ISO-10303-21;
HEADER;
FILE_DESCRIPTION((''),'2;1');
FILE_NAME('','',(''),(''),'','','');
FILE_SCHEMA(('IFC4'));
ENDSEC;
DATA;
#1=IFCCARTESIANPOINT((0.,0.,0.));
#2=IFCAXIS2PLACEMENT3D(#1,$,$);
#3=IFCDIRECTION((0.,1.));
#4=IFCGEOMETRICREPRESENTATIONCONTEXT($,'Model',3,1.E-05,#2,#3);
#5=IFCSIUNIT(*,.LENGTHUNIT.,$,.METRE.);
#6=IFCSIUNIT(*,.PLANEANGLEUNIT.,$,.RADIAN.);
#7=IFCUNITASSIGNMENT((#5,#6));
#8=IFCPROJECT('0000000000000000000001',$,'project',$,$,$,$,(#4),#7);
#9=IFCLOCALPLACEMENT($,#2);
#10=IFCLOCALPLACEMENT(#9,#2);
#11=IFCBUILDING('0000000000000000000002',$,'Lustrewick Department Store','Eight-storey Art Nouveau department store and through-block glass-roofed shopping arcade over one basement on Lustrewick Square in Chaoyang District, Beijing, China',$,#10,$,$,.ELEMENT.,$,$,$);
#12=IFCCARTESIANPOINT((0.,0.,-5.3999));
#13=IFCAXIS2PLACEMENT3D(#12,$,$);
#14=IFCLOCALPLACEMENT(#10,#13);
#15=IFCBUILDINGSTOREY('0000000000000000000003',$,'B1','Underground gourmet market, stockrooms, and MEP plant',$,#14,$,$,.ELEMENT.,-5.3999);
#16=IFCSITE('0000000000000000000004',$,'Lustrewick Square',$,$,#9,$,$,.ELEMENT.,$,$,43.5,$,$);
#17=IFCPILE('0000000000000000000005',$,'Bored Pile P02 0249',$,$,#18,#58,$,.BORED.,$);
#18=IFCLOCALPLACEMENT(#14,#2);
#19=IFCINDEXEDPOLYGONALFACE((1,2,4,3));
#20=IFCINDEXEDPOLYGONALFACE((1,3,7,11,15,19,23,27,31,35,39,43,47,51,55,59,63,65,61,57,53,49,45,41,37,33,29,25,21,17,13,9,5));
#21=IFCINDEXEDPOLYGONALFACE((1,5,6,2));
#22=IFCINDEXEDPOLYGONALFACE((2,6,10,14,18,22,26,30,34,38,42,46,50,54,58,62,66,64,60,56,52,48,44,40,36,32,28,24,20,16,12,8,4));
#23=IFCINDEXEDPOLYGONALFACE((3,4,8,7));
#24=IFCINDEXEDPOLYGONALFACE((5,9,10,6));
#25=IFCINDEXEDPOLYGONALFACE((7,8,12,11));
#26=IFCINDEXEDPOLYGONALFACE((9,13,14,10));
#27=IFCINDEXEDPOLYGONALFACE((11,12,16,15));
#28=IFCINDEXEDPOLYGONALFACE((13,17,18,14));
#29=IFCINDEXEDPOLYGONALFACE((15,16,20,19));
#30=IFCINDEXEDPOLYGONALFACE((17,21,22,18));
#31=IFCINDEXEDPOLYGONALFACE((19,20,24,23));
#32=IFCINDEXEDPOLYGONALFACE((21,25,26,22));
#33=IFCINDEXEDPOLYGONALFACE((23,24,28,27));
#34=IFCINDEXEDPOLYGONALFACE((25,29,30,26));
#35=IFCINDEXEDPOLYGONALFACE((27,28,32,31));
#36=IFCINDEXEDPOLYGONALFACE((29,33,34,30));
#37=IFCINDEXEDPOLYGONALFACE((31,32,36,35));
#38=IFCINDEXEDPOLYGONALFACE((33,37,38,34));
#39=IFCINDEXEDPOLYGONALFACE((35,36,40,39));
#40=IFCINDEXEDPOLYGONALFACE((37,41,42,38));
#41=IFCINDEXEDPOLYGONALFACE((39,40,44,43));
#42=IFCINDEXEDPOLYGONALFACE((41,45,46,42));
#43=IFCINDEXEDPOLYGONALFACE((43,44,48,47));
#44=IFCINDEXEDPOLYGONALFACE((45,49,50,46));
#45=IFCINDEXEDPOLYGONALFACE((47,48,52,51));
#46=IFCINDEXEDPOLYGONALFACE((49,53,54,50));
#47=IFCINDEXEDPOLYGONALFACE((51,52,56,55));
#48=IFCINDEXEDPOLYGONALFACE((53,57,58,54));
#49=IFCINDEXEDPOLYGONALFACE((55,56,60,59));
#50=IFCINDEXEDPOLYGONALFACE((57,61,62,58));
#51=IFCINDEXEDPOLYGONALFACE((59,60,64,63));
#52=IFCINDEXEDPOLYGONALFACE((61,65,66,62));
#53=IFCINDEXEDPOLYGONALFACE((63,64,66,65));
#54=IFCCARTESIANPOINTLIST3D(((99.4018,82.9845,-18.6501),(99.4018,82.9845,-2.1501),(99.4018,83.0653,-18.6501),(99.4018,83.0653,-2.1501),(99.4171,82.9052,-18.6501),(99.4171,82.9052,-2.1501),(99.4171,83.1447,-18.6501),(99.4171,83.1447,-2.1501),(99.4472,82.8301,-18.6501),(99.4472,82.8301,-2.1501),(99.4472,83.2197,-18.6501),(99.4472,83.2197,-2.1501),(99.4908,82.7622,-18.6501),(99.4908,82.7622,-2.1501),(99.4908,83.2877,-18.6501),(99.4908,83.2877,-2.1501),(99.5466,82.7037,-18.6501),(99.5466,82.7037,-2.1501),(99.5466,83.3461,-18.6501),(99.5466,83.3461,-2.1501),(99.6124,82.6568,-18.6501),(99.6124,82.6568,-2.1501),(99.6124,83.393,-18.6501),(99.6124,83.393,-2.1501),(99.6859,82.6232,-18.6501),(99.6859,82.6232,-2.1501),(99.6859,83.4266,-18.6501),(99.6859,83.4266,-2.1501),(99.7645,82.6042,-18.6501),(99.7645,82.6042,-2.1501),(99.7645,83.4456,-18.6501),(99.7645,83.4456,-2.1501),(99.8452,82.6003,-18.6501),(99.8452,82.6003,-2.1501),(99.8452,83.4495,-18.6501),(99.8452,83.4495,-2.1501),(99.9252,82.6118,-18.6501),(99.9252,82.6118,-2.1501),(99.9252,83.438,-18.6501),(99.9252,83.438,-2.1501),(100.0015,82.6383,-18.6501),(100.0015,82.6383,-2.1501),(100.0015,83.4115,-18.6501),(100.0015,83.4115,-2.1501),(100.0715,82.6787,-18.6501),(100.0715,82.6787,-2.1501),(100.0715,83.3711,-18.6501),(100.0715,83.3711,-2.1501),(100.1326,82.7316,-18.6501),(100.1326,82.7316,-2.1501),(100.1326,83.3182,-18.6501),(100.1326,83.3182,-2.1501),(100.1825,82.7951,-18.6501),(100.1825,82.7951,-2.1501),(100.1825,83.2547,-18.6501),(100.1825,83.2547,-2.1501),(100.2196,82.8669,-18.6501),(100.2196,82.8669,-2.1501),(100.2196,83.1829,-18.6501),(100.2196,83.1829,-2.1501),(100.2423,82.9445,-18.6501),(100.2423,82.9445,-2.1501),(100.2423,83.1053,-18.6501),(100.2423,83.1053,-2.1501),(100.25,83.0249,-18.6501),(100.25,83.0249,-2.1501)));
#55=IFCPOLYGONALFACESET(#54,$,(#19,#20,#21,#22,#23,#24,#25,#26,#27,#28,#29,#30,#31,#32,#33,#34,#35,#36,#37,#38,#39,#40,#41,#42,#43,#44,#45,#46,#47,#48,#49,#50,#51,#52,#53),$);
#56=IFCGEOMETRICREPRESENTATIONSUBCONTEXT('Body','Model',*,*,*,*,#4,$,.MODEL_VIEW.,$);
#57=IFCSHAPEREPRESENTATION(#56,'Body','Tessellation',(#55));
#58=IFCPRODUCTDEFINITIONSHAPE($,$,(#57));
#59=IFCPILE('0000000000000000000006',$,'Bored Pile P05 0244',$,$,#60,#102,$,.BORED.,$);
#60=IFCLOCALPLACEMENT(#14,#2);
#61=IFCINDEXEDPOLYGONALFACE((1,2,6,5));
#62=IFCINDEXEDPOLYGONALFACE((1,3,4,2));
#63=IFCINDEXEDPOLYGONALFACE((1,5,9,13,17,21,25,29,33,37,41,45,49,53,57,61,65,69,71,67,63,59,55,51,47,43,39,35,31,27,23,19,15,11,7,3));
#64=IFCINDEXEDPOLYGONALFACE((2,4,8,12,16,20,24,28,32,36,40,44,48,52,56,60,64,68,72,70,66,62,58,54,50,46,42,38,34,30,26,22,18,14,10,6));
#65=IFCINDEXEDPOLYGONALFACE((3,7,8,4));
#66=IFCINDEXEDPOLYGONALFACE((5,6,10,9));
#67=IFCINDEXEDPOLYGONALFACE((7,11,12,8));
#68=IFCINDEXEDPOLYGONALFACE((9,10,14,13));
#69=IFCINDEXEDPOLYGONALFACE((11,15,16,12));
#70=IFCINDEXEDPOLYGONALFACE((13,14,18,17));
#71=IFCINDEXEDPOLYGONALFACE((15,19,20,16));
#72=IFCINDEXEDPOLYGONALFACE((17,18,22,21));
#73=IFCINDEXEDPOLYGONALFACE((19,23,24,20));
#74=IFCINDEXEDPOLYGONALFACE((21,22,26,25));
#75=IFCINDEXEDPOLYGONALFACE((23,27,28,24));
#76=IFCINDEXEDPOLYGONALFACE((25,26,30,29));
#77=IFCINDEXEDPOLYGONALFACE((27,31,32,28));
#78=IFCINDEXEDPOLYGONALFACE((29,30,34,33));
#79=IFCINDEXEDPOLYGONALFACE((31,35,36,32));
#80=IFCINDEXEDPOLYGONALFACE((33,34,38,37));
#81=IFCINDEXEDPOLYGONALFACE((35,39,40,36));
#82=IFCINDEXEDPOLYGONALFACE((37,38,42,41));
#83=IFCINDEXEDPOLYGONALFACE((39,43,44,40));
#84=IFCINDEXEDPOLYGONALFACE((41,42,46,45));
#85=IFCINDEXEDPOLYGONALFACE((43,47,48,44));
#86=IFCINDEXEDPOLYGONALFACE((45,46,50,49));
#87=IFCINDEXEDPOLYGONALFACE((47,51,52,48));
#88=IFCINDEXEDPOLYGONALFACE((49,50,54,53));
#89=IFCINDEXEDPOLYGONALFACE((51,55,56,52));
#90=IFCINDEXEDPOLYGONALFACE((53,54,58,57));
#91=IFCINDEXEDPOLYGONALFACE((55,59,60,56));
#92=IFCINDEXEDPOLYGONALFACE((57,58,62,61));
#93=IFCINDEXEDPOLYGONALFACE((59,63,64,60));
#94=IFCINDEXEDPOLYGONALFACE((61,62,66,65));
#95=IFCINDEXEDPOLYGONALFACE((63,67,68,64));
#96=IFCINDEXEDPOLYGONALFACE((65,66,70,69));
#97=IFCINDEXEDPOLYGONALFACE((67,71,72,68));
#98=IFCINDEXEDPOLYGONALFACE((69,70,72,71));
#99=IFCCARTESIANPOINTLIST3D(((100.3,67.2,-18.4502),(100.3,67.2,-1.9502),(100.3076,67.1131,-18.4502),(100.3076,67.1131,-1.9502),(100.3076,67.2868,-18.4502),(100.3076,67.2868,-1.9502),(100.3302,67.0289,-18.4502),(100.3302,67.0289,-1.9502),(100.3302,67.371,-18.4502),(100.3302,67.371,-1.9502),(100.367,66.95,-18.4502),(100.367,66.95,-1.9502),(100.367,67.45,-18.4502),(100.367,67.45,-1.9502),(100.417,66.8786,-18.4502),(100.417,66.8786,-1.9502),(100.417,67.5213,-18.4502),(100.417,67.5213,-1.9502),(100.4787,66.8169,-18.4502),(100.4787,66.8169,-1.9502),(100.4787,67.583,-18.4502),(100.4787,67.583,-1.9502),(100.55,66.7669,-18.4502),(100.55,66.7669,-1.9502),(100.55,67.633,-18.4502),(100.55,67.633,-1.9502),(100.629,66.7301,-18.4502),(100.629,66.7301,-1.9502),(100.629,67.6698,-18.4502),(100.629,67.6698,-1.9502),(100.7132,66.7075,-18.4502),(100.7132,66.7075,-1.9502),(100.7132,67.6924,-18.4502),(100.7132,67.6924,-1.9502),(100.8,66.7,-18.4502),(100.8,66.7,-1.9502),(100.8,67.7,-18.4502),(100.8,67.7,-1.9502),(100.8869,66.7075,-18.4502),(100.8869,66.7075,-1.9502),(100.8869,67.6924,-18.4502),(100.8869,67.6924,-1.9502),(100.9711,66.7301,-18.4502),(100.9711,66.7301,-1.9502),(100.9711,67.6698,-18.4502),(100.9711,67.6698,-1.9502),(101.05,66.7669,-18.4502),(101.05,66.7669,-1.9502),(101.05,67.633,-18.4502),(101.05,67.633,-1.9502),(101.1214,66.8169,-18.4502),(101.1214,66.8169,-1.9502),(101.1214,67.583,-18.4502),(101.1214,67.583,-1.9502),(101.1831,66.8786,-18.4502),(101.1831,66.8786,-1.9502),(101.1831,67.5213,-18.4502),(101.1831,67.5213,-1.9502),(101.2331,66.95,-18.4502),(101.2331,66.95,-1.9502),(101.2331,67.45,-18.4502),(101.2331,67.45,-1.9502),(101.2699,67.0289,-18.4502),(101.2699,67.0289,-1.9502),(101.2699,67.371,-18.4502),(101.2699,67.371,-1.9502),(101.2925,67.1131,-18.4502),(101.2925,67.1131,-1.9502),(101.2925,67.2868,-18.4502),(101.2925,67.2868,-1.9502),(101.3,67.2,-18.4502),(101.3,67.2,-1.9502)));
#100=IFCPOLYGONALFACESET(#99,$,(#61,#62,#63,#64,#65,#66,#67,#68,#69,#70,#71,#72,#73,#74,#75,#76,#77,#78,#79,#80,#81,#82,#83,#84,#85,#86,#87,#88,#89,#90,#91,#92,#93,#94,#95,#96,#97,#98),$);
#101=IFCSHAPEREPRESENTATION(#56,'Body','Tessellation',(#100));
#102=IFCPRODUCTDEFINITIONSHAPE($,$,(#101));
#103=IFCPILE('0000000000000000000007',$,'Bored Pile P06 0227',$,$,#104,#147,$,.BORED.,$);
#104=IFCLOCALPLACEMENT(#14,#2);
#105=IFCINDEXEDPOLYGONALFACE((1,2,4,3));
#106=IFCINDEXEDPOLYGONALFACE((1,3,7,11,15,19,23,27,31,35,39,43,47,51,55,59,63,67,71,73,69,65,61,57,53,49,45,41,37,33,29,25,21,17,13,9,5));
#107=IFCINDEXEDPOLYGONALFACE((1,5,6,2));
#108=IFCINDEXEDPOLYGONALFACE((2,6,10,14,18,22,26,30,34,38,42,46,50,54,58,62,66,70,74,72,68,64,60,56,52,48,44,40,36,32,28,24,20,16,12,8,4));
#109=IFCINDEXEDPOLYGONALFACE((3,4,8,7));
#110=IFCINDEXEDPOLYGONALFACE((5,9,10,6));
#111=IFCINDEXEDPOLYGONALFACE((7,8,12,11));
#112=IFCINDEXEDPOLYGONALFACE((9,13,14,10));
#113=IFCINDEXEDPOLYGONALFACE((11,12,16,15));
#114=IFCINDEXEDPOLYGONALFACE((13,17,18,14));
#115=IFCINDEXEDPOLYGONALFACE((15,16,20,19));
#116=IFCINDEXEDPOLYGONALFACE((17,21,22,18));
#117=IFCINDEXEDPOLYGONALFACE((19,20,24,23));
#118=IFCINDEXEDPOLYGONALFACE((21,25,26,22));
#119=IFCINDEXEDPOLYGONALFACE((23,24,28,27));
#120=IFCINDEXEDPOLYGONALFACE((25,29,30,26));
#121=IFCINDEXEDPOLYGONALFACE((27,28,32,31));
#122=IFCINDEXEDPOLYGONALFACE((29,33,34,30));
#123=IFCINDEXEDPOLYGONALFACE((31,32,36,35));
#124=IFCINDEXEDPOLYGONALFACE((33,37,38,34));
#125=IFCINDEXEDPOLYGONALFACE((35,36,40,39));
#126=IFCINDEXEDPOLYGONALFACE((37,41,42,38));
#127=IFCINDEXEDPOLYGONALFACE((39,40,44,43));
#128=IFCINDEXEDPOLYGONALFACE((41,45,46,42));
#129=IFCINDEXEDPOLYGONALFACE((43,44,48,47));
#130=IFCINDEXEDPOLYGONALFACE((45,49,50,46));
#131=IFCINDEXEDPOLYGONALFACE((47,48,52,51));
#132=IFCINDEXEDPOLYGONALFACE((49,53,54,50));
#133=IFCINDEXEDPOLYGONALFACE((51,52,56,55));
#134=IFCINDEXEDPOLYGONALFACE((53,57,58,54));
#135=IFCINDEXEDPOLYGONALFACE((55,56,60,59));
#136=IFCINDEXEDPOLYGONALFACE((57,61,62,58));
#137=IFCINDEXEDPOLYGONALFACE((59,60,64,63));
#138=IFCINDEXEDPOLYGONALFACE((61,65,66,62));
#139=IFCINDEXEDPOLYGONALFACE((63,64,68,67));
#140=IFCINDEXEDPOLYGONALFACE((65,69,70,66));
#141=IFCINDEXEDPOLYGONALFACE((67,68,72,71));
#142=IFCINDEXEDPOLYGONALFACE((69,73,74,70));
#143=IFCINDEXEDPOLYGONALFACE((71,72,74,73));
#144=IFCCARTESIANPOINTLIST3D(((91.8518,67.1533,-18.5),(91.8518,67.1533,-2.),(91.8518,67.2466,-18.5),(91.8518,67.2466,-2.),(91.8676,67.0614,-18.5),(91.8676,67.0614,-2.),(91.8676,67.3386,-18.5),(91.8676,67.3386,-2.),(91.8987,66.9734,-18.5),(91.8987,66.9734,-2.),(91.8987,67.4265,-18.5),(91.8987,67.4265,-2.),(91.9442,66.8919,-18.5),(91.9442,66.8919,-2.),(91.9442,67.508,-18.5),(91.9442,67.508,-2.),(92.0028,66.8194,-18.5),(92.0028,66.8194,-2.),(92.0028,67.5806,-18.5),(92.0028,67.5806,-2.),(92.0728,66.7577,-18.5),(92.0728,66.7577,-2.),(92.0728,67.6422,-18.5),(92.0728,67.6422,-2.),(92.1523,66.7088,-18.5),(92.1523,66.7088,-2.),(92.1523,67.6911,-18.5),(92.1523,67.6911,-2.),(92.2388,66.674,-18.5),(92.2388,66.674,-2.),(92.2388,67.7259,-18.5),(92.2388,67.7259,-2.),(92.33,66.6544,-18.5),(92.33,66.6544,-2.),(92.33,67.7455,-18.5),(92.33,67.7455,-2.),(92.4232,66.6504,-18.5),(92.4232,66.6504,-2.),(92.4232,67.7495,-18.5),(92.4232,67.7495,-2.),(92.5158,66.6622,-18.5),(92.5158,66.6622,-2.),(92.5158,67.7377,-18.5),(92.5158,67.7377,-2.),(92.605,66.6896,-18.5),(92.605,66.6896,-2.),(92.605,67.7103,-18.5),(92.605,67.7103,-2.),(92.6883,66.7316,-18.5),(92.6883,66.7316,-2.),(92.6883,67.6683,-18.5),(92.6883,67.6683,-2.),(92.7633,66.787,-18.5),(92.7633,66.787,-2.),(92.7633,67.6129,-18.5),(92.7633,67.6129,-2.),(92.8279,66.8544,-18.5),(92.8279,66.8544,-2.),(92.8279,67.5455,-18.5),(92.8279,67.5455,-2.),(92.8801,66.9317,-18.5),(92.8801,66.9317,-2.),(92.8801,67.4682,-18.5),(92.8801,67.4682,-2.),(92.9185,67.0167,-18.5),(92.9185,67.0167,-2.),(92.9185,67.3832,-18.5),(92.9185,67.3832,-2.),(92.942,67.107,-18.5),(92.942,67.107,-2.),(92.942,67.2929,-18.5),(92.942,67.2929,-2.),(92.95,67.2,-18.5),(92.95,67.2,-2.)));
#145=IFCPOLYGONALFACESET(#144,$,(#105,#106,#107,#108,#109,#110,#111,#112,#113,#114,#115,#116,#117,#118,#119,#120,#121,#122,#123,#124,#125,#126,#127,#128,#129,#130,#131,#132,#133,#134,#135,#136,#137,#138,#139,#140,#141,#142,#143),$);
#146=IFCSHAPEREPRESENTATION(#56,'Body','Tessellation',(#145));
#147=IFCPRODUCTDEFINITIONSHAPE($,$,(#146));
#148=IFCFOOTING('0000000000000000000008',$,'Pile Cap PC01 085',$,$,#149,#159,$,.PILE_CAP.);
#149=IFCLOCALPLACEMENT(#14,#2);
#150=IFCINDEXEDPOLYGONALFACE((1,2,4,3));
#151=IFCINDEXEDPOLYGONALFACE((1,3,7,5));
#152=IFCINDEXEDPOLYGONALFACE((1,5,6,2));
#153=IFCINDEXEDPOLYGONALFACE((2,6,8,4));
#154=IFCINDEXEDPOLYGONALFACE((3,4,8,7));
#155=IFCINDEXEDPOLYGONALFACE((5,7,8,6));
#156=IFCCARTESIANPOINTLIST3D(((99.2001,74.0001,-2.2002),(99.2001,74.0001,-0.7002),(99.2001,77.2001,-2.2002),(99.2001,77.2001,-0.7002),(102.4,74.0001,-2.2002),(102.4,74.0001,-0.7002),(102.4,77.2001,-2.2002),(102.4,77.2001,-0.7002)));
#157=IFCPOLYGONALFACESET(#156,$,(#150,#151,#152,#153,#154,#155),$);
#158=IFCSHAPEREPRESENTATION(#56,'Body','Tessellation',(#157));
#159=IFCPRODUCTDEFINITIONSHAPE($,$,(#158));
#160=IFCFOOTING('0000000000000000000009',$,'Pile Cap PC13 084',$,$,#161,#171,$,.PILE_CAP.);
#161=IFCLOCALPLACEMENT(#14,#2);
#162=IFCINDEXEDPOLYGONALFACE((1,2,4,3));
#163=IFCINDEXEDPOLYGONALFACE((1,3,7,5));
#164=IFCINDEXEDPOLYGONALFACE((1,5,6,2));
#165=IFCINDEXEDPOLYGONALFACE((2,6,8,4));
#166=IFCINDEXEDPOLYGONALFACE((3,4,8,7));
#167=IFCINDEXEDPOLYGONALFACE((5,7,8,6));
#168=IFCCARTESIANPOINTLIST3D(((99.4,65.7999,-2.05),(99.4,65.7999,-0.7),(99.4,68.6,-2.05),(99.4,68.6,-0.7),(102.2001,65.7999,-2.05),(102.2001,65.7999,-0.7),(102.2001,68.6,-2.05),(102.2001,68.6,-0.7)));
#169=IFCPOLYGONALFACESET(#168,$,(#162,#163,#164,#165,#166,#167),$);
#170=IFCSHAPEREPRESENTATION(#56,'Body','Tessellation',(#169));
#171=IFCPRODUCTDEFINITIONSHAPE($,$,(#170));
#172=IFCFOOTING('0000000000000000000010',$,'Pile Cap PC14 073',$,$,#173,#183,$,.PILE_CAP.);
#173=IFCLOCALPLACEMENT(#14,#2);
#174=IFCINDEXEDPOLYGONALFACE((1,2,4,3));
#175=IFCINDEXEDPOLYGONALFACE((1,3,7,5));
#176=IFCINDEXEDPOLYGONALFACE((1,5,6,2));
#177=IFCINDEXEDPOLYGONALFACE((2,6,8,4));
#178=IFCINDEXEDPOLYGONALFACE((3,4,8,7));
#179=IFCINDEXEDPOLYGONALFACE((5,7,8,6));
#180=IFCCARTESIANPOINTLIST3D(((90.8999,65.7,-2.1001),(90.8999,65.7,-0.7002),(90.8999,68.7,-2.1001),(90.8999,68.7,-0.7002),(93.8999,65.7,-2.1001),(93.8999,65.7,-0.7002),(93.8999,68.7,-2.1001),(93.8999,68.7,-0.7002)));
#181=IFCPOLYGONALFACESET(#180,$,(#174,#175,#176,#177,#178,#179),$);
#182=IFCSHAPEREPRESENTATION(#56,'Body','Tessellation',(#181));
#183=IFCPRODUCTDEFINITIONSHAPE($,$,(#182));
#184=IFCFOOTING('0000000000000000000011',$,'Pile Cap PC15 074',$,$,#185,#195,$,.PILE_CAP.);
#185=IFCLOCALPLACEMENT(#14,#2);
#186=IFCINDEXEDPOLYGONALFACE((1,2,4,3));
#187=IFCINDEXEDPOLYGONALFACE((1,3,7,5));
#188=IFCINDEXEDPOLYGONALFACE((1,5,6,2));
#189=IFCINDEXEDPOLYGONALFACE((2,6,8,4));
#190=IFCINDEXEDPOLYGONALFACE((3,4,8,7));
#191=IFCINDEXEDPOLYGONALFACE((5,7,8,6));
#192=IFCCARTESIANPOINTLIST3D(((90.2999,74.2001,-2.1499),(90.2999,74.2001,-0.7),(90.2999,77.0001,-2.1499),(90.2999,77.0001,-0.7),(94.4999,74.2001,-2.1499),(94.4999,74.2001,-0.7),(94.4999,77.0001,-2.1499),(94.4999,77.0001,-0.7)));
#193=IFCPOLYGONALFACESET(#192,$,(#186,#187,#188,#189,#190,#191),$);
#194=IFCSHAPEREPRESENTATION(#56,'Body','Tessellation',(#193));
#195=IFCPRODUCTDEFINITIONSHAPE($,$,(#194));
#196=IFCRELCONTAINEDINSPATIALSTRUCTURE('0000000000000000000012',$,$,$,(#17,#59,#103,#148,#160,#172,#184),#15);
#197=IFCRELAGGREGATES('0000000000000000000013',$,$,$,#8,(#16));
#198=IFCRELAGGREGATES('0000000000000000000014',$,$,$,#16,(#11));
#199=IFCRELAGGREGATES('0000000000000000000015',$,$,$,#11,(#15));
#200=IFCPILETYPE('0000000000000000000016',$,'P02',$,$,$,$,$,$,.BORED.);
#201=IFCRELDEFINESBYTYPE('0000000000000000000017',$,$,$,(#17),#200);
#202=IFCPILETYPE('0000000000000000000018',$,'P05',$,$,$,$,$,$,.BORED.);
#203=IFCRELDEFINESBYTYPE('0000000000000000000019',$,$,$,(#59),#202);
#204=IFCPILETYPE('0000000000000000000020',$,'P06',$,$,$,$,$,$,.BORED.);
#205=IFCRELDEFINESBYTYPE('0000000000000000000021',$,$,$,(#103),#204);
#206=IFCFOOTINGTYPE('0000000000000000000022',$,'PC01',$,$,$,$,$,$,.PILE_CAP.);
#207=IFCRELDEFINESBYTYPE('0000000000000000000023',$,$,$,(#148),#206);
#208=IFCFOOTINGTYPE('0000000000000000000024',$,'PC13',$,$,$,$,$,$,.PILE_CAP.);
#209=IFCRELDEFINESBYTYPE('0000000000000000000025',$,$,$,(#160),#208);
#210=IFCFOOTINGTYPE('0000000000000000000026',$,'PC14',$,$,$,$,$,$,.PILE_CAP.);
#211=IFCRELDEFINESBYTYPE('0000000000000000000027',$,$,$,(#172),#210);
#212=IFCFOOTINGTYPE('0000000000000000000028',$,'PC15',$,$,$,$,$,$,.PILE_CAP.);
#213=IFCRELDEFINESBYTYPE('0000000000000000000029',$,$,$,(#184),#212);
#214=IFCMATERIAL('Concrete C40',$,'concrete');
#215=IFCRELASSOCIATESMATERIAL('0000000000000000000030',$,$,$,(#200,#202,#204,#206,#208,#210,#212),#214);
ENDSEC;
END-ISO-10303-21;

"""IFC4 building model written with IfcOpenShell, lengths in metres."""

from ifc_helpers import new_model, si_unit, direction, frame, origin, origin_2d, place, context, subcontext, project, spatial, rectangle, circle, extrude, material, material_profile, profile_set, type_object, element, save


model = new_model("IFC4")

# Units and contexts
model_context = context("Model", 3, precision=1e-05, world=origin(), true_north=direction((0.0, 1.0)))
body_context = subcontext(model_context, "Body", "Model", "MODEL_VIEW")
ifc_project = project(units=[si_unit("LENGTHUNIT", "METRE"), si_unit("PLANEANGLEUNIT", "RADIAN")], contexts=[model_context])

# Site, building, storey
site_placement = place(None, origin())
site = spatial("IfcSite", under=ifc_project, at=site_placement, Name="Lustrewick Square", CompositionType="ELEMENT", RefElevation=43.5)
building_placement = place(site_placement, origin())
building = spatial("IfcBuilding", under=site, at=building_placement, Name="Lustrewick Department Store", Description="Eight-storey Art Nouveau department store and through-block glass-roofed shopping arcade over one basement on Lustrewick Square in Chaoyang District, Beijing, China", CompositionType="ELEMENT")
storey_placement = place(building_placement, frame((0.0, 0.0, -5.3999)))
storey = spatial("IfcBuildingStorey", under=building, at=storey_placement, Name="B1", Description="Underground gourmet market, stockrooms, and MEP plant", CompositionType="ELEMENT", Elevation=-5.3999)

# Piles
ifc_material_1 = material(Name="Concrete C40", Category="concrete")
ifc_material_profile_1 = material_profile(ifc_material_1, circle(Radius=0.425, at=origin_2d()), Name="PILE D850")
ifc_profile_set_1 = profile_set([ifc_material_profile_1], Name="Concrete C40")
pile_type_1 = type_object("IfcPileType", Name="P02", PredefinedType="BORED", material=ifc_profile_set_1)
pile_1_placement = place(storey_placement, frame((99.825, 83.0249, -2.1501), z_axis=(0.0, 0.0, -1.0), x_axis=(1.0, 0.0, 0.0)))
element("IfcPile", 1, at=pile_1_placement, inside=storey, type_object=pile_type_1, Name="Bored Pile P02 0249", PredefinedType="BORED", context=body_context, shape_type="SweptSolid", body=[
    extrude(circle(Radius=0.425, at=origin_2d()), origin(), (0.0, 0.0, 1.0), 16.5),
])
ifc_material_profile_2 = material_profile(ifc_material_1, circle(Radius=0.5, at=origin_2d()), Name="PILE D1000")
ifc_profile_set_2 = profile_set([ifc_material_profile_2], Name="Concrete C40")
pile_type_2 = type_object("IfcPileType", Name="P05", PredefinedType="BORED", material=ifc_profile_set_2)
pile_2_placement = place(storey_placement, frame((100.8, 67.2, -1.9502), z_axis=(0.0, 0.0, -1.0), x_axis=(1.0, 0.0, 0.0)))
element("IfcPile", 2, at=pile_2_placement, inside=storey, type_object=pile_type_2, Name="Bored Pile P05 0244", PredefinedType="BORED", context=body_context, shape_type="SweptSolid", body=[
    extrude(circle(Radius=0.5, at=origin_2d()), origin(), (0.0, 0.0, 1.0), 16.5),
])
ifc_material_profile_3 = material_profile(ifc_material_1, circle(Radius=0.55, at=origin_2d()), Name="PILE D1100")
ifc_profile_set_3 = profile_set([ifc_material_profile_3], Name="Concrete C40")
pile_type_3 = type_object("IfcPileType", Name="P06", PredefinedType="BORED", material=ifc_profile_set_3)
pile_3_placement = place(storey_placement, frame((92.3999, 67.2, -2.0), z_axis=(0.0, 0.0, -1.0), x_axis=(1.0, 0.0, 0.0)))
element("IfcPile", 3, at=pile_3_placement, inside=storey, type_object=pile_type_3, Name="Bored Pile P06 0227", PredefinedType="BORED", context=body_context, shape_type="SweptSolid", body=[
    extrude(circle(Radius=0.55, at=origin_2d()), origin(), (0.0, 0.0, 1.0), 16.5),
])

# Footings
footing_type_1 = type_object("IfcFootingType", Name="PC01", PredefinedType="PILE_CAP", material=ifc_material_1)
footing_1_placement = place(storey_placement, frame((100.8, 75.6001, -2.2002), z_axis=(0.0, 0.0, 1.0), x_axis=(1.0, 0.0, 0.0)))
element("IfcFooting", 4, at=footing_1_placement, inside=storey, type_object=footing_type_1, Name="Pile Cap PC01 085", PredefinedType="PILE_CAP", context=body_context, shape_type="SweptSolid", body=[
    extrude(rectangle(XDim=3.2, YDim=3.2, at=origin_2d()), origin(), (0.0, 0.0, 1.0), 1.5),
])
footing_type_2 = type_object("IfcFootingType", Name="PC13", PredefinedType="PILE_CAP", material=ifc_material_1)
footing_2_placement = place(storey_placement, frame((100.8, 67.2, -2.05), z_axis=(0.0, 0.0, 1.0), x_axis=(1.0, 0.0, 0.0)))
element("IfcFooting", 5, at=footing_2_placement, inside=storey, type_object=footing_type_2, Name="Pile Cap PC13 084", PredefinedType="PILE_CAP", context=body_context, shape_type="SweptSolid", body=[
    extrude(rectangle(XDim=2.8, YDim=2.8, at=origin_2d()), origin(), (0.0, 0.0, 1.0), 1.3501),
])
footing_type_3 = type_object("IfcFootingType", Name="PC14", PredefinedType="PILE_CAP", material=ifc_material_1)
footing_3_placement = place(storey_placement, frame((92.3999, 67.2, -2.1001), z_axis=(0.0, 0.0, 1.0), x_axis=(1.0, 0.0, 0.0)))
element("IfcFooting", 6, at=footing_3_placement, inside=storey, type_object=footing_type_3, Name="Pile Cap PC14 073", PredefinedType="PILE_CAP", context=body_context, shape_type="SweptSolid", body=[
    extrude(rectangle(XDim=3.0, YDim=3.0, at=origin_2d()), origin(), (0.0, 0.0, 1.0), 1.3999),
])
footing_type_4 = type_object("IfcFootingType", Name="PC15", PredefinedType="PILE_CAP", material=ifc_material_1)
footing_4_placement = place(storey_placement, frame((92.3999, 75.6001, -2.1499), z_axis=(0.0, 0.0, 1.0), x_axis=(1.0, 0.0, 0.0)))
element("IfcFooting", 7, at=footing_4_placement, inside=storey, type_object=footing_type_4, Name="Pile Cap PC15 074", PredefinedType="PILE_CAP", context=body_context, shape_type="SweptSolid", body=[
    extrude(rectangle(XDim=4.2, YDim=2.8, at=origin_2d()), origin(), (0.0, 0.0, 1.0), 1.45),
])

save(model, "model.ifc")
